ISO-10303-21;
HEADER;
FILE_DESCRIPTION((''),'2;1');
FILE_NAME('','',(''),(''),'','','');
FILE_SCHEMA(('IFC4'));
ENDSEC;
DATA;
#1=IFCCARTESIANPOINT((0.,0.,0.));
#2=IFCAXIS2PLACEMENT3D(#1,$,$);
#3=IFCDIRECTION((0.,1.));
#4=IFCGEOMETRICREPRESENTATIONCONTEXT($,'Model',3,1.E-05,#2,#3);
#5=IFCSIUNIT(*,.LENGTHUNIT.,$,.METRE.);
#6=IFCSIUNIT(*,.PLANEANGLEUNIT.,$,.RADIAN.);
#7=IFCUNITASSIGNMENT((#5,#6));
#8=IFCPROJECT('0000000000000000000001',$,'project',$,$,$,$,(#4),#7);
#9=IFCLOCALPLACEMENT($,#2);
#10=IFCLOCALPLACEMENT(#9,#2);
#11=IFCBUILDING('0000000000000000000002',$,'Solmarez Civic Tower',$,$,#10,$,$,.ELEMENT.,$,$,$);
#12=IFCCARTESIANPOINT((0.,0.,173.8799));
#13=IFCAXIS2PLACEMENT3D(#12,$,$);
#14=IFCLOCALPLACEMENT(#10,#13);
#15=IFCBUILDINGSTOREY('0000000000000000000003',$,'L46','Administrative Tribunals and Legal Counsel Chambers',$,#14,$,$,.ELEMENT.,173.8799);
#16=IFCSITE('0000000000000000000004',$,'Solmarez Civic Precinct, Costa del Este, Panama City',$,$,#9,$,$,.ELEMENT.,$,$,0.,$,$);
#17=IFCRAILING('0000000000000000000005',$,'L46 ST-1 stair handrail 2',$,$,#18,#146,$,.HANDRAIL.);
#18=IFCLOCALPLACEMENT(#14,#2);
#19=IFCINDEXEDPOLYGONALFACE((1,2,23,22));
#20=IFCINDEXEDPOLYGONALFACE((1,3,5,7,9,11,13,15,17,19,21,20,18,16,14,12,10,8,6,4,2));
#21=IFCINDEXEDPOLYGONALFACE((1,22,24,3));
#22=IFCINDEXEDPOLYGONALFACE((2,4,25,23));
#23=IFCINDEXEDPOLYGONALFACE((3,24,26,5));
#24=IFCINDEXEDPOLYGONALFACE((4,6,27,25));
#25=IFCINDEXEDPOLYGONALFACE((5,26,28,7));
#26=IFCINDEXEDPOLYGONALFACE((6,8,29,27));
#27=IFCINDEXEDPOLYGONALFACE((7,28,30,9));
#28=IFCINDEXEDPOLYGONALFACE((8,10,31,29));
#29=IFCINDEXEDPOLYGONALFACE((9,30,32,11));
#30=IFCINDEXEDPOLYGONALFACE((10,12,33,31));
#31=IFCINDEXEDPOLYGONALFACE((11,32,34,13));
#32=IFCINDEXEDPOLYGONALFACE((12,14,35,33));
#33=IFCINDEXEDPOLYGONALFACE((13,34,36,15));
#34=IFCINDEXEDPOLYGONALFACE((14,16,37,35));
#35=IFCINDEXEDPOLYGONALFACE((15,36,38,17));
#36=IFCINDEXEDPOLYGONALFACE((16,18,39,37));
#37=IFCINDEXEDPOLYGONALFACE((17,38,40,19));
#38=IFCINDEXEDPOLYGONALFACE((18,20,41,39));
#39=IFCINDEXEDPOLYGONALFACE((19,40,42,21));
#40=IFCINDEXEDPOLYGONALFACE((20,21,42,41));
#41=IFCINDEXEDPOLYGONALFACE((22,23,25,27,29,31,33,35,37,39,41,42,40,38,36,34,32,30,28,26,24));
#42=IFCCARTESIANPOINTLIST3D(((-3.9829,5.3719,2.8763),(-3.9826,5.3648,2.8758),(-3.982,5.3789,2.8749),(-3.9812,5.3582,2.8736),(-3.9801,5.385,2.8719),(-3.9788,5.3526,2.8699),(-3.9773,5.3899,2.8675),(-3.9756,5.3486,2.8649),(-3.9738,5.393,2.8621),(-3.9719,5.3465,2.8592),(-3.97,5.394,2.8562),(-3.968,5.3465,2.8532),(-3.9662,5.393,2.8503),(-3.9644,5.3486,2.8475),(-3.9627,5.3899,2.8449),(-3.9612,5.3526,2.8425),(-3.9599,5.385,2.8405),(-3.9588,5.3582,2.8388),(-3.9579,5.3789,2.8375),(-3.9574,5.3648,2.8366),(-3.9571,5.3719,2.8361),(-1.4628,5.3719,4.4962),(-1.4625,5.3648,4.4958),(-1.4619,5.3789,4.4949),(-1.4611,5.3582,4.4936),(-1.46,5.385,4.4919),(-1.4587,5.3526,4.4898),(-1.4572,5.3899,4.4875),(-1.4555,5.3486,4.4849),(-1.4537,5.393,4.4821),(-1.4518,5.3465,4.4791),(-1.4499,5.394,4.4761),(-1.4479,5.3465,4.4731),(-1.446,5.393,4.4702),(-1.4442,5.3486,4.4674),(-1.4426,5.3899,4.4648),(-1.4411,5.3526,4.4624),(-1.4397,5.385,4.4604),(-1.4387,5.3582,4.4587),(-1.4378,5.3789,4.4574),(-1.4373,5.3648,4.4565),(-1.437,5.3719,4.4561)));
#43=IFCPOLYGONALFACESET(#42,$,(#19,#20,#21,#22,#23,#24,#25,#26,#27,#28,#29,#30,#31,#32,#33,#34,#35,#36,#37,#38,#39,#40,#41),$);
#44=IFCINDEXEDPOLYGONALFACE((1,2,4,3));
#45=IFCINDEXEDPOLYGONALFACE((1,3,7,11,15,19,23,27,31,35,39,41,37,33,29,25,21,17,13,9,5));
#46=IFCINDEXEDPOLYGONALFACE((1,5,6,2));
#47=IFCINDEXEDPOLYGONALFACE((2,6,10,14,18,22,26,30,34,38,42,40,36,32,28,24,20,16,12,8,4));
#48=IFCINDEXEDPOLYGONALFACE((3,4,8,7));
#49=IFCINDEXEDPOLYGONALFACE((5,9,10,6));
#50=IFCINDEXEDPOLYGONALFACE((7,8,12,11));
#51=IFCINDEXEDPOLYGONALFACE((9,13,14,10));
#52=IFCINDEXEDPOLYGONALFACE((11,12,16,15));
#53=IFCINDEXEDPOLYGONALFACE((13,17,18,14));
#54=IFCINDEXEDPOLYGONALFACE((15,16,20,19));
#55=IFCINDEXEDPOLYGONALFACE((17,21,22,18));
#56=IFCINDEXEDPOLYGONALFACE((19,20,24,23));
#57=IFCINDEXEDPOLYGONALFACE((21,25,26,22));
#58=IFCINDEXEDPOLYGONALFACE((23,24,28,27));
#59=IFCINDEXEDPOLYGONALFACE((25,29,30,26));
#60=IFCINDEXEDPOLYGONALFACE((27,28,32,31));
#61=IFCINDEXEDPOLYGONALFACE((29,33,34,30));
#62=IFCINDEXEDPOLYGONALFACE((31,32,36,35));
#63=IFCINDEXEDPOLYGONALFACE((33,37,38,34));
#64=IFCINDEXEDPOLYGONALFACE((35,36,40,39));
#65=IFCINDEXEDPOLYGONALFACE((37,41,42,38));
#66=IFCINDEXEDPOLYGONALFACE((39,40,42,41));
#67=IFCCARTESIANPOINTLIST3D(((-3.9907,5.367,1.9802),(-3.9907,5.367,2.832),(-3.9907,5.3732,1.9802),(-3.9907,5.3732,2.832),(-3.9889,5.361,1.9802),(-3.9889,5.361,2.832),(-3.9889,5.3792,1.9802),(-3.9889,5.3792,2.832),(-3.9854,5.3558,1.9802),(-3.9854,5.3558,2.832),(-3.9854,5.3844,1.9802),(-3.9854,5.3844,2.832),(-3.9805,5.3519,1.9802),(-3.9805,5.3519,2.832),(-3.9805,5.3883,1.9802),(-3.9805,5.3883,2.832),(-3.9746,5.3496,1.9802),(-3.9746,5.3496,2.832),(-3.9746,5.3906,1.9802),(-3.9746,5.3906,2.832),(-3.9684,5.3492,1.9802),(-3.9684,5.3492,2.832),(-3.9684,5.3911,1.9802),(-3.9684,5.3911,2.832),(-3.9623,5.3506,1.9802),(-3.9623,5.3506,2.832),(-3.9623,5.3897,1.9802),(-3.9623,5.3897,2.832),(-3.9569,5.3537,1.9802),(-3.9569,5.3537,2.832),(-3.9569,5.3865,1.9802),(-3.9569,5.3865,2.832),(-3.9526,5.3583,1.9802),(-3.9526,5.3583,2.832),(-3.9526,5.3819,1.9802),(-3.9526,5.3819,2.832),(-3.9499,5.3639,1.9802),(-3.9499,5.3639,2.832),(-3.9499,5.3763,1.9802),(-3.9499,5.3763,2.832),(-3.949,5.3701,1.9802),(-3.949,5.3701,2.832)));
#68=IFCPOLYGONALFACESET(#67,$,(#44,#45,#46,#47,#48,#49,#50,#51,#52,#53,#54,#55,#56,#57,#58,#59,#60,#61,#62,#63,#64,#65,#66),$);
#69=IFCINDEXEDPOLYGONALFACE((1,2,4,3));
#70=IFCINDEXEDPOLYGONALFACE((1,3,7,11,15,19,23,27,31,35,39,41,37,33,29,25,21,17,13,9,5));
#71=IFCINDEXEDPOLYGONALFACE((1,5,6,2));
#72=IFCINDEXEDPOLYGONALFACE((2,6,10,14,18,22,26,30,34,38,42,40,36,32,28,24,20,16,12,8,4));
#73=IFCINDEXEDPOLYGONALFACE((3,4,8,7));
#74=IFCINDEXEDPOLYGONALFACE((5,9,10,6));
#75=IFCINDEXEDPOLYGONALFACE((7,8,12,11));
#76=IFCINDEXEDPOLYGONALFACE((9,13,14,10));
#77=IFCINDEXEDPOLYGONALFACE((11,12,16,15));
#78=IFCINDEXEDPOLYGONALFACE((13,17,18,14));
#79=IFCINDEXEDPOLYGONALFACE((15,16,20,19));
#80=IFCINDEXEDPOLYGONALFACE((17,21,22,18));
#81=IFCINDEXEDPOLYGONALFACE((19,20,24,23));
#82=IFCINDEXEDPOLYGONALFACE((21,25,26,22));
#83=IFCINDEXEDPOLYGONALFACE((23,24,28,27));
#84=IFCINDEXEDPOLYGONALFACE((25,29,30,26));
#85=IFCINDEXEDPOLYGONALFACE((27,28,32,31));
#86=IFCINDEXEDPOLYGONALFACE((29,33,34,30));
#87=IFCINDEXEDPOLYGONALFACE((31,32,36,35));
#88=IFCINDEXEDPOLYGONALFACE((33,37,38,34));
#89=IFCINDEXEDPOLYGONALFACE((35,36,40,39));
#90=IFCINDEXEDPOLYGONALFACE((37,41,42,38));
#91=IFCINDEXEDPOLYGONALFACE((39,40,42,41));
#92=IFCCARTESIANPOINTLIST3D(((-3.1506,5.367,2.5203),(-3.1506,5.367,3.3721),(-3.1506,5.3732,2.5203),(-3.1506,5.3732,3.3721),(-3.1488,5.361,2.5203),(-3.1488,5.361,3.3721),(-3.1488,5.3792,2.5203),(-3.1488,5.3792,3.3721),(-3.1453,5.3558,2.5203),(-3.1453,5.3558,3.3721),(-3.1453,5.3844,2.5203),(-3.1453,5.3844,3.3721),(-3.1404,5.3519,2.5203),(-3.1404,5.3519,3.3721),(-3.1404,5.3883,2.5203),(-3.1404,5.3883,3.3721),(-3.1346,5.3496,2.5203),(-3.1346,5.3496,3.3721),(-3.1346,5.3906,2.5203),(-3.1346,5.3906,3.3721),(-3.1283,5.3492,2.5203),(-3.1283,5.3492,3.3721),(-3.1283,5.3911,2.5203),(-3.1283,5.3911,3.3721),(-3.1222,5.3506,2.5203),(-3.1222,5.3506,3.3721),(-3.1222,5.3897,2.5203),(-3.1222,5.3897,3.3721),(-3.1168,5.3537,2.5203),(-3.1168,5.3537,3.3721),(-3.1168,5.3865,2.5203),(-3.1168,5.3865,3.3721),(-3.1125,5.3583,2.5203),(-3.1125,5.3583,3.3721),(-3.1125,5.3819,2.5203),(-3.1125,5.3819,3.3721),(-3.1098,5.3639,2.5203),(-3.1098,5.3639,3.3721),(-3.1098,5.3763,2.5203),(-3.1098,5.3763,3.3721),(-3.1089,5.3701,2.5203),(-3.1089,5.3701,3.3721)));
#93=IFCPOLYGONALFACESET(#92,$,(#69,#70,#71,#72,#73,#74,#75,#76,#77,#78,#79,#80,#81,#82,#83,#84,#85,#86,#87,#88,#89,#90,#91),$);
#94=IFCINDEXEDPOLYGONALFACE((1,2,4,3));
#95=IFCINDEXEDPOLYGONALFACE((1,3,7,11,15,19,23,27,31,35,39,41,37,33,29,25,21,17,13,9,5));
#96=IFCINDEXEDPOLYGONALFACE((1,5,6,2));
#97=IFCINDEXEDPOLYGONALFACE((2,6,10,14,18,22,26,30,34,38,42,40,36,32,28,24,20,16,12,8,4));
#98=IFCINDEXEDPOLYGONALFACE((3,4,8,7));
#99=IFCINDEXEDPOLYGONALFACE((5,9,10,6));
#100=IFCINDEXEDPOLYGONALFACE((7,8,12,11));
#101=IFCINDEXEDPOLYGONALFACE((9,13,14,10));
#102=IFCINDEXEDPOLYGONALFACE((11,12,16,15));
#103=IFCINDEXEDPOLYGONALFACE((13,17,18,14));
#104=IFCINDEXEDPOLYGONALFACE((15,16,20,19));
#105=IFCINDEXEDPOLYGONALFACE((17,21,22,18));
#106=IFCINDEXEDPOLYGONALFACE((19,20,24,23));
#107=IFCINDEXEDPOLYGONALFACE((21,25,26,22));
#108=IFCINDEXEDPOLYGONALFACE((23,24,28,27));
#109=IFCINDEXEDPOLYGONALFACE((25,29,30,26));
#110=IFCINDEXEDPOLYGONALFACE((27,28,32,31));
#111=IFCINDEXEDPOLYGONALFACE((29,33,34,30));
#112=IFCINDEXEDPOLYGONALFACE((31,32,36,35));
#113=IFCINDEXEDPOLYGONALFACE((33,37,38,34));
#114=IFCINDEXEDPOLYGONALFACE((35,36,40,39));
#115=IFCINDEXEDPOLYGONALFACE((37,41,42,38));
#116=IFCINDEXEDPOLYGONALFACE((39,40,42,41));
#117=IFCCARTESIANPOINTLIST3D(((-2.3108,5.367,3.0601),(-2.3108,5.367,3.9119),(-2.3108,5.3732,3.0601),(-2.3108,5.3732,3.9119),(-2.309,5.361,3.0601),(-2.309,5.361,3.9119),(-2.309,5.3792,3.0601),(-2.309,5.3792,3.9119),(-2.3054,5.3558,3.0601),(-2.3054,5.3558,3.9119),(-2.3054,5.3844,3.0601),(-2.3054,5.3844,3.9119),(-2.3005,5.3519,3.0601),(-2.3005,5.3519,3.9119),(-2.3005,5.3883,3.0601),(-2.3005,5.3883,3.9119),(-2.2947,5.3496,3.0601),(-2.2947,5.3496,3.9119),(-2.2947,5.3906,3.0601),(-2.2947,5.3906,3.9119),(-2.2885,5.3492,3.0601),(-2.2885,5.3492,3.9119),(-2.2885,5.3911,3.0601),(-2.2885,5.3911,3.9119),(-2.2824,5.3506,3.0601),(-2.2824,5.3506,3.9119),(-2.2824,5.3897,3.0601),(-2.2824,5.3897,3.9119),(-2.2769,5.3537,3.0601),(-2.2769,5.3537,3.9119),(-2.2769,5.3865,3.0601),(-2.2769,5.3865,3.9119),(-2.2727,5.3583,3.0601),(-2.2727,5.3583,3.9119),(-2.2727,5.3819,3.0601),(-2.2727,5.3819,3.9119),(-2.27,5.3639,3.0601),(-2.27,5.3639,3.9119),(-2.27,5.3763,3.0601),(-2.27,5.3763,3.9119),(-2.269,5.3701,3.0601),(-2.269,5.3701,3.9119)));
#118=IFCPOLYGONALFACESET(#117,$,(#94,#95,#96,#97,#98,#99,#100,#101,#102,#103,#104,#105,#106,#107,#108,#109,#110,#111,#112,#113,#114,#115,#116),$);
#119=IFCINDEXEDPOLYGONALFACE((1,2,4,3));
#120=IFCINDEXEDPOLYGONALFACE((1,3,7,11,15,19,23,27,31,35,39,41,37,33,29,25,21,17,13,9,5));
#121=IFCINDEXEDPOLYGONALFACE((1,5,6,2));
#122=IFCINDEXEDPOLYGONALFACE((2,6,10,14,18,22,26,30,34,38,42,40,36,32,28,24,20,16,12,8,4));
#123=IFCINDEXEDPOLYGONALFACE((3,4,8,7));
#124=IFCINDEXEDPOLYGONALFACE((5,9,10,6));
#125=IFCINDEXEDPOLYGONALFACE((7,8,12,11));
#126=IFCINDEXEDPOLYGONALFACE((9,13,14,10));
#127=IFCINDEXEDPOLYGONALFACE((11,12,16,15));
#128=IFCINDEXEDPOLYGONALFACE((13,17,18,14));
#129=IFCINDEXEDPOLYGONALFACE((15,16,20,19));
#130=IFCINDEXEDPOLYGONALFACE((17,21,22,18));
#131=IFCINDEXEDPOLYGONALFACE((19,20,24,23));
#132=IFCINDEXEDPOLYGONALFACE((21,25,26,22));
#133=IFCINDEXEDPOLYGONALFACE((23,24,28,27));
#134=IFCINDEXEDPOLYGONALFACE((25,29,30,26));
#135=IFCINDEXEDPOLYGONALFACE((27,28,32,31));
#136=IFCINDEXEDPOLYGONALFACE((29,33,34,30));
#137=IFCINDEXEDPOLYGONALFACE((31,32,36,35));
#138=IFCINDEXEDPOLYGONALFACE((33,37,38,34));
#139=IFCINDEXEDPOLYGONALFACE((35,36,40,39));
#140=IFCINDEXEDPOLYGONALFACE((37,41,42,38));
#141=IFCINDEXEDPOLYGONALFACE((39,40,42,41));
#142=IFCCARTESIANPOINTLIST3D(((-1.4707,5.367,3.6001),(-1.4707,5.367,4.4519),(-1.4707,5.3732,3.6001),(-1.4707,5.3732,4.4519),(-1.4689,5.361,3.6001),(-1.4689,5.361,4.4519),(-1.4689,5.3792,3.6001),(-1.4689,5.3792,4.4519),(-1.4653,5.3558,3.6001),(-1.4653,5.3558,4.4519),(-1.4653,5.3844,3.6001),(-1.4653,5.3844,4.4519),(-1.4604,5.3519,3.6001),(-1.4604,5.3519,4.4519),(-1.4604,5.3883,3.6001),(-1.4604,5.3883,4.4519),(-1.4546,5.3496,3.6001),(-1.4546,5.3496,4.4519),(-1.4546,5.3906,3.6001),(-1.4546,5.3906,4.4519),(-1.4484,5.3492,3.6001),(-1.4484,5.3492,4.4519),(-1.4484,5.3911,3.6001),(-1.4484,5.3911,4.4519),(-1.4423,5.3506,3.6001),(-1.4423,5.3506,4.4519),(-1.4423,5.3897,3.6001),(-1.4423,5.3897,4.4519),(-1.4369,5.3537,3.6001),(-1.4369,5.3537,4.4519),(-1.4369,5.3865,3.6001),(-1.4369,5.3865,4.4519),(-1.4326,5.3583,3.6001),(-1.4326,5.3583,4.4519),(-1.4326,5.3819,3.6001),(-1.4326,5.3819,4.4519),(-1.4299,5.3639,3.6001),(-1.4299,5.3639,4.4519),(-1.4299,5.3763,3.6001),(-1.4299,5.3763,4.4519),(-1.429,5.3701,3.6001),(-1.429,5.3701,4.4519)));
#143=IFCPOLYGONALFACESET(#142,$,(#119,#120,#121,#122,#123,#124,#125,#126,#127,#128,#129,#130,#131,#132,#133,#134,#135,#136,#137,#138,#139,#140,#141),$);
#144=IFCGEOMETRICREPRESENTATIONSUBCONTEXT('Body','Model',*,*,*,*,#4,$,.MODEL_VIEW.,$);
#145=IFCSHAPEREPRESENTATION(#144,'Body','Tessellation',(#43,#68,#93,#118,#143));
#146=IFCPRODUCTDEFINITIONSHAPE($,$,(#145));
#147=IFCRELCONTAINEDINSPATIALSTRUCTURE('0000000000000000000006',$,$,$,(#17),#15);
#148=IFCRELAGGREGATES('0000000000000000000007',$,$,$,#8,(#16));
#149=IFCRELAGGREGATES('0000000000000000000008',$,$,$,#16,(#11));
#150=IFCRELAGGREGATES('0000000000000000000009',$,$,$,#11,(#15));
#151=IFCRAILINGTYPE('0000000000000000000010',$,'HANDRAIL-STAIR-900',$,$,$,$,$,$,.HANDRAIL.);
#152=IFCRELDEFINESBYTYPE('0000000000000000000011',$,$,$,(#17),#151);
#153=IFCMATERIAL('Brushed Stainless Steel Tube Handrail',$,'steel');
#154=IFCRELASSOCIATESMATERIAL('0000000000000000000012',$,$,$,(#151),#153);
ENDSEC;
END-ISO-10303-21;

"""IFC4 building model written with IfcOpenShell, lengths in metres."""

from ifc_helpers import new_model, si_unit, direction, frame, origin, origin_2d, place, context, subcontext, project, spatial, circle, extrude, material, type_object, element, save


model = new_model("IFC4")

# Units and contexts
model_context = context("Model", 3, precision=1e-05, world=origin(), true_north=direction((0.0, 1.0)))
body_context = subcontext(model_context, "Body", "Model", "MODEL_VIEW")
ifc_project = project(units=[si_unit("LENGTHUNIT", "METRE"), si_unit("PLANEANGLEUNIT", "RADIAN")], contexts=[model_context])

# Site, building, storey
site_placement = place(None, origin())
site = spatial("IfcSite", under=ifc_project, at=site_placement, Name="Solmarez Civic Precinct, Costa del Este, Panama City", CompositionType="ELEMENT", RefElevation=0.0)
building_placement = place(site_placement, origin())
building = spatial("IfcBuilding", under=site, at=building_placement, Name="Solmarez Civic Tower", CompositionType="ELEMENT")
storey_placement = place(building_placement, frame((0.0, 0.0, 173.8799)))
storey = spatial("IfcBuildingStorey", under=building, at=storey_placement, Name="L46", Description="Administrative Tribunals and Legal Counsel Chambers", CompositionType="ELEMENT", Elevation=173.8799)

# Railing
ifc_material_1 = material(Name="Brushed Stainless Steel Tube Handrail", Category="steel")
railing_type_1 = type_object("IfcRailingType", Name="HANDRAIL-STAIR-900", PredefinedType="HANDRAIL", material=ifc_material_1)
railing_1_placement = place(storey_placement, frame((-3.97, 5.3701, 1.9802)))
element("IfcRailing", 1, at=railing_1_placement, inside=storey, type_object=railing_type_1, Name="L46 ST-1 stair handrail 2", PredefinedType="HANDRAIL", context=body_context, shape_type="SweptSolid", body=[
    extrude(circle(Radius=0.0239, at=origin_2d()), frame((0.0, 0.0, 0.876), z_axis=(0.8412, 0.0, 0.540725), x_axis=(0.0, 1.0, 0.0)), (0.0, 0.0, 1.0), 2.9958),
    extrude(circle(Radius=0.021, at=origin_2d()), origin(), (0.0, 0.0, 1.0), 0.8518),
    extrude(circle(Radius=0.021, at=origin_2d()), frame((0.8401, 0.0, 0.54)), (0.0, 0.0, 1.0), 0.8518),
    extrude(circle(Radius=0.021, at=origin_2d()), frame((1.6799, 0.0, 1.0798)), (0.0, 0.0, 1.0), 0.8518),
    extrude(circle(Radius=0.021, at=origin_2d()), frame((2.52, 0.0, 1.6199)), (0.0, 0.0, 1.0), 0.8518),
])

save(model, "model.ifc")
